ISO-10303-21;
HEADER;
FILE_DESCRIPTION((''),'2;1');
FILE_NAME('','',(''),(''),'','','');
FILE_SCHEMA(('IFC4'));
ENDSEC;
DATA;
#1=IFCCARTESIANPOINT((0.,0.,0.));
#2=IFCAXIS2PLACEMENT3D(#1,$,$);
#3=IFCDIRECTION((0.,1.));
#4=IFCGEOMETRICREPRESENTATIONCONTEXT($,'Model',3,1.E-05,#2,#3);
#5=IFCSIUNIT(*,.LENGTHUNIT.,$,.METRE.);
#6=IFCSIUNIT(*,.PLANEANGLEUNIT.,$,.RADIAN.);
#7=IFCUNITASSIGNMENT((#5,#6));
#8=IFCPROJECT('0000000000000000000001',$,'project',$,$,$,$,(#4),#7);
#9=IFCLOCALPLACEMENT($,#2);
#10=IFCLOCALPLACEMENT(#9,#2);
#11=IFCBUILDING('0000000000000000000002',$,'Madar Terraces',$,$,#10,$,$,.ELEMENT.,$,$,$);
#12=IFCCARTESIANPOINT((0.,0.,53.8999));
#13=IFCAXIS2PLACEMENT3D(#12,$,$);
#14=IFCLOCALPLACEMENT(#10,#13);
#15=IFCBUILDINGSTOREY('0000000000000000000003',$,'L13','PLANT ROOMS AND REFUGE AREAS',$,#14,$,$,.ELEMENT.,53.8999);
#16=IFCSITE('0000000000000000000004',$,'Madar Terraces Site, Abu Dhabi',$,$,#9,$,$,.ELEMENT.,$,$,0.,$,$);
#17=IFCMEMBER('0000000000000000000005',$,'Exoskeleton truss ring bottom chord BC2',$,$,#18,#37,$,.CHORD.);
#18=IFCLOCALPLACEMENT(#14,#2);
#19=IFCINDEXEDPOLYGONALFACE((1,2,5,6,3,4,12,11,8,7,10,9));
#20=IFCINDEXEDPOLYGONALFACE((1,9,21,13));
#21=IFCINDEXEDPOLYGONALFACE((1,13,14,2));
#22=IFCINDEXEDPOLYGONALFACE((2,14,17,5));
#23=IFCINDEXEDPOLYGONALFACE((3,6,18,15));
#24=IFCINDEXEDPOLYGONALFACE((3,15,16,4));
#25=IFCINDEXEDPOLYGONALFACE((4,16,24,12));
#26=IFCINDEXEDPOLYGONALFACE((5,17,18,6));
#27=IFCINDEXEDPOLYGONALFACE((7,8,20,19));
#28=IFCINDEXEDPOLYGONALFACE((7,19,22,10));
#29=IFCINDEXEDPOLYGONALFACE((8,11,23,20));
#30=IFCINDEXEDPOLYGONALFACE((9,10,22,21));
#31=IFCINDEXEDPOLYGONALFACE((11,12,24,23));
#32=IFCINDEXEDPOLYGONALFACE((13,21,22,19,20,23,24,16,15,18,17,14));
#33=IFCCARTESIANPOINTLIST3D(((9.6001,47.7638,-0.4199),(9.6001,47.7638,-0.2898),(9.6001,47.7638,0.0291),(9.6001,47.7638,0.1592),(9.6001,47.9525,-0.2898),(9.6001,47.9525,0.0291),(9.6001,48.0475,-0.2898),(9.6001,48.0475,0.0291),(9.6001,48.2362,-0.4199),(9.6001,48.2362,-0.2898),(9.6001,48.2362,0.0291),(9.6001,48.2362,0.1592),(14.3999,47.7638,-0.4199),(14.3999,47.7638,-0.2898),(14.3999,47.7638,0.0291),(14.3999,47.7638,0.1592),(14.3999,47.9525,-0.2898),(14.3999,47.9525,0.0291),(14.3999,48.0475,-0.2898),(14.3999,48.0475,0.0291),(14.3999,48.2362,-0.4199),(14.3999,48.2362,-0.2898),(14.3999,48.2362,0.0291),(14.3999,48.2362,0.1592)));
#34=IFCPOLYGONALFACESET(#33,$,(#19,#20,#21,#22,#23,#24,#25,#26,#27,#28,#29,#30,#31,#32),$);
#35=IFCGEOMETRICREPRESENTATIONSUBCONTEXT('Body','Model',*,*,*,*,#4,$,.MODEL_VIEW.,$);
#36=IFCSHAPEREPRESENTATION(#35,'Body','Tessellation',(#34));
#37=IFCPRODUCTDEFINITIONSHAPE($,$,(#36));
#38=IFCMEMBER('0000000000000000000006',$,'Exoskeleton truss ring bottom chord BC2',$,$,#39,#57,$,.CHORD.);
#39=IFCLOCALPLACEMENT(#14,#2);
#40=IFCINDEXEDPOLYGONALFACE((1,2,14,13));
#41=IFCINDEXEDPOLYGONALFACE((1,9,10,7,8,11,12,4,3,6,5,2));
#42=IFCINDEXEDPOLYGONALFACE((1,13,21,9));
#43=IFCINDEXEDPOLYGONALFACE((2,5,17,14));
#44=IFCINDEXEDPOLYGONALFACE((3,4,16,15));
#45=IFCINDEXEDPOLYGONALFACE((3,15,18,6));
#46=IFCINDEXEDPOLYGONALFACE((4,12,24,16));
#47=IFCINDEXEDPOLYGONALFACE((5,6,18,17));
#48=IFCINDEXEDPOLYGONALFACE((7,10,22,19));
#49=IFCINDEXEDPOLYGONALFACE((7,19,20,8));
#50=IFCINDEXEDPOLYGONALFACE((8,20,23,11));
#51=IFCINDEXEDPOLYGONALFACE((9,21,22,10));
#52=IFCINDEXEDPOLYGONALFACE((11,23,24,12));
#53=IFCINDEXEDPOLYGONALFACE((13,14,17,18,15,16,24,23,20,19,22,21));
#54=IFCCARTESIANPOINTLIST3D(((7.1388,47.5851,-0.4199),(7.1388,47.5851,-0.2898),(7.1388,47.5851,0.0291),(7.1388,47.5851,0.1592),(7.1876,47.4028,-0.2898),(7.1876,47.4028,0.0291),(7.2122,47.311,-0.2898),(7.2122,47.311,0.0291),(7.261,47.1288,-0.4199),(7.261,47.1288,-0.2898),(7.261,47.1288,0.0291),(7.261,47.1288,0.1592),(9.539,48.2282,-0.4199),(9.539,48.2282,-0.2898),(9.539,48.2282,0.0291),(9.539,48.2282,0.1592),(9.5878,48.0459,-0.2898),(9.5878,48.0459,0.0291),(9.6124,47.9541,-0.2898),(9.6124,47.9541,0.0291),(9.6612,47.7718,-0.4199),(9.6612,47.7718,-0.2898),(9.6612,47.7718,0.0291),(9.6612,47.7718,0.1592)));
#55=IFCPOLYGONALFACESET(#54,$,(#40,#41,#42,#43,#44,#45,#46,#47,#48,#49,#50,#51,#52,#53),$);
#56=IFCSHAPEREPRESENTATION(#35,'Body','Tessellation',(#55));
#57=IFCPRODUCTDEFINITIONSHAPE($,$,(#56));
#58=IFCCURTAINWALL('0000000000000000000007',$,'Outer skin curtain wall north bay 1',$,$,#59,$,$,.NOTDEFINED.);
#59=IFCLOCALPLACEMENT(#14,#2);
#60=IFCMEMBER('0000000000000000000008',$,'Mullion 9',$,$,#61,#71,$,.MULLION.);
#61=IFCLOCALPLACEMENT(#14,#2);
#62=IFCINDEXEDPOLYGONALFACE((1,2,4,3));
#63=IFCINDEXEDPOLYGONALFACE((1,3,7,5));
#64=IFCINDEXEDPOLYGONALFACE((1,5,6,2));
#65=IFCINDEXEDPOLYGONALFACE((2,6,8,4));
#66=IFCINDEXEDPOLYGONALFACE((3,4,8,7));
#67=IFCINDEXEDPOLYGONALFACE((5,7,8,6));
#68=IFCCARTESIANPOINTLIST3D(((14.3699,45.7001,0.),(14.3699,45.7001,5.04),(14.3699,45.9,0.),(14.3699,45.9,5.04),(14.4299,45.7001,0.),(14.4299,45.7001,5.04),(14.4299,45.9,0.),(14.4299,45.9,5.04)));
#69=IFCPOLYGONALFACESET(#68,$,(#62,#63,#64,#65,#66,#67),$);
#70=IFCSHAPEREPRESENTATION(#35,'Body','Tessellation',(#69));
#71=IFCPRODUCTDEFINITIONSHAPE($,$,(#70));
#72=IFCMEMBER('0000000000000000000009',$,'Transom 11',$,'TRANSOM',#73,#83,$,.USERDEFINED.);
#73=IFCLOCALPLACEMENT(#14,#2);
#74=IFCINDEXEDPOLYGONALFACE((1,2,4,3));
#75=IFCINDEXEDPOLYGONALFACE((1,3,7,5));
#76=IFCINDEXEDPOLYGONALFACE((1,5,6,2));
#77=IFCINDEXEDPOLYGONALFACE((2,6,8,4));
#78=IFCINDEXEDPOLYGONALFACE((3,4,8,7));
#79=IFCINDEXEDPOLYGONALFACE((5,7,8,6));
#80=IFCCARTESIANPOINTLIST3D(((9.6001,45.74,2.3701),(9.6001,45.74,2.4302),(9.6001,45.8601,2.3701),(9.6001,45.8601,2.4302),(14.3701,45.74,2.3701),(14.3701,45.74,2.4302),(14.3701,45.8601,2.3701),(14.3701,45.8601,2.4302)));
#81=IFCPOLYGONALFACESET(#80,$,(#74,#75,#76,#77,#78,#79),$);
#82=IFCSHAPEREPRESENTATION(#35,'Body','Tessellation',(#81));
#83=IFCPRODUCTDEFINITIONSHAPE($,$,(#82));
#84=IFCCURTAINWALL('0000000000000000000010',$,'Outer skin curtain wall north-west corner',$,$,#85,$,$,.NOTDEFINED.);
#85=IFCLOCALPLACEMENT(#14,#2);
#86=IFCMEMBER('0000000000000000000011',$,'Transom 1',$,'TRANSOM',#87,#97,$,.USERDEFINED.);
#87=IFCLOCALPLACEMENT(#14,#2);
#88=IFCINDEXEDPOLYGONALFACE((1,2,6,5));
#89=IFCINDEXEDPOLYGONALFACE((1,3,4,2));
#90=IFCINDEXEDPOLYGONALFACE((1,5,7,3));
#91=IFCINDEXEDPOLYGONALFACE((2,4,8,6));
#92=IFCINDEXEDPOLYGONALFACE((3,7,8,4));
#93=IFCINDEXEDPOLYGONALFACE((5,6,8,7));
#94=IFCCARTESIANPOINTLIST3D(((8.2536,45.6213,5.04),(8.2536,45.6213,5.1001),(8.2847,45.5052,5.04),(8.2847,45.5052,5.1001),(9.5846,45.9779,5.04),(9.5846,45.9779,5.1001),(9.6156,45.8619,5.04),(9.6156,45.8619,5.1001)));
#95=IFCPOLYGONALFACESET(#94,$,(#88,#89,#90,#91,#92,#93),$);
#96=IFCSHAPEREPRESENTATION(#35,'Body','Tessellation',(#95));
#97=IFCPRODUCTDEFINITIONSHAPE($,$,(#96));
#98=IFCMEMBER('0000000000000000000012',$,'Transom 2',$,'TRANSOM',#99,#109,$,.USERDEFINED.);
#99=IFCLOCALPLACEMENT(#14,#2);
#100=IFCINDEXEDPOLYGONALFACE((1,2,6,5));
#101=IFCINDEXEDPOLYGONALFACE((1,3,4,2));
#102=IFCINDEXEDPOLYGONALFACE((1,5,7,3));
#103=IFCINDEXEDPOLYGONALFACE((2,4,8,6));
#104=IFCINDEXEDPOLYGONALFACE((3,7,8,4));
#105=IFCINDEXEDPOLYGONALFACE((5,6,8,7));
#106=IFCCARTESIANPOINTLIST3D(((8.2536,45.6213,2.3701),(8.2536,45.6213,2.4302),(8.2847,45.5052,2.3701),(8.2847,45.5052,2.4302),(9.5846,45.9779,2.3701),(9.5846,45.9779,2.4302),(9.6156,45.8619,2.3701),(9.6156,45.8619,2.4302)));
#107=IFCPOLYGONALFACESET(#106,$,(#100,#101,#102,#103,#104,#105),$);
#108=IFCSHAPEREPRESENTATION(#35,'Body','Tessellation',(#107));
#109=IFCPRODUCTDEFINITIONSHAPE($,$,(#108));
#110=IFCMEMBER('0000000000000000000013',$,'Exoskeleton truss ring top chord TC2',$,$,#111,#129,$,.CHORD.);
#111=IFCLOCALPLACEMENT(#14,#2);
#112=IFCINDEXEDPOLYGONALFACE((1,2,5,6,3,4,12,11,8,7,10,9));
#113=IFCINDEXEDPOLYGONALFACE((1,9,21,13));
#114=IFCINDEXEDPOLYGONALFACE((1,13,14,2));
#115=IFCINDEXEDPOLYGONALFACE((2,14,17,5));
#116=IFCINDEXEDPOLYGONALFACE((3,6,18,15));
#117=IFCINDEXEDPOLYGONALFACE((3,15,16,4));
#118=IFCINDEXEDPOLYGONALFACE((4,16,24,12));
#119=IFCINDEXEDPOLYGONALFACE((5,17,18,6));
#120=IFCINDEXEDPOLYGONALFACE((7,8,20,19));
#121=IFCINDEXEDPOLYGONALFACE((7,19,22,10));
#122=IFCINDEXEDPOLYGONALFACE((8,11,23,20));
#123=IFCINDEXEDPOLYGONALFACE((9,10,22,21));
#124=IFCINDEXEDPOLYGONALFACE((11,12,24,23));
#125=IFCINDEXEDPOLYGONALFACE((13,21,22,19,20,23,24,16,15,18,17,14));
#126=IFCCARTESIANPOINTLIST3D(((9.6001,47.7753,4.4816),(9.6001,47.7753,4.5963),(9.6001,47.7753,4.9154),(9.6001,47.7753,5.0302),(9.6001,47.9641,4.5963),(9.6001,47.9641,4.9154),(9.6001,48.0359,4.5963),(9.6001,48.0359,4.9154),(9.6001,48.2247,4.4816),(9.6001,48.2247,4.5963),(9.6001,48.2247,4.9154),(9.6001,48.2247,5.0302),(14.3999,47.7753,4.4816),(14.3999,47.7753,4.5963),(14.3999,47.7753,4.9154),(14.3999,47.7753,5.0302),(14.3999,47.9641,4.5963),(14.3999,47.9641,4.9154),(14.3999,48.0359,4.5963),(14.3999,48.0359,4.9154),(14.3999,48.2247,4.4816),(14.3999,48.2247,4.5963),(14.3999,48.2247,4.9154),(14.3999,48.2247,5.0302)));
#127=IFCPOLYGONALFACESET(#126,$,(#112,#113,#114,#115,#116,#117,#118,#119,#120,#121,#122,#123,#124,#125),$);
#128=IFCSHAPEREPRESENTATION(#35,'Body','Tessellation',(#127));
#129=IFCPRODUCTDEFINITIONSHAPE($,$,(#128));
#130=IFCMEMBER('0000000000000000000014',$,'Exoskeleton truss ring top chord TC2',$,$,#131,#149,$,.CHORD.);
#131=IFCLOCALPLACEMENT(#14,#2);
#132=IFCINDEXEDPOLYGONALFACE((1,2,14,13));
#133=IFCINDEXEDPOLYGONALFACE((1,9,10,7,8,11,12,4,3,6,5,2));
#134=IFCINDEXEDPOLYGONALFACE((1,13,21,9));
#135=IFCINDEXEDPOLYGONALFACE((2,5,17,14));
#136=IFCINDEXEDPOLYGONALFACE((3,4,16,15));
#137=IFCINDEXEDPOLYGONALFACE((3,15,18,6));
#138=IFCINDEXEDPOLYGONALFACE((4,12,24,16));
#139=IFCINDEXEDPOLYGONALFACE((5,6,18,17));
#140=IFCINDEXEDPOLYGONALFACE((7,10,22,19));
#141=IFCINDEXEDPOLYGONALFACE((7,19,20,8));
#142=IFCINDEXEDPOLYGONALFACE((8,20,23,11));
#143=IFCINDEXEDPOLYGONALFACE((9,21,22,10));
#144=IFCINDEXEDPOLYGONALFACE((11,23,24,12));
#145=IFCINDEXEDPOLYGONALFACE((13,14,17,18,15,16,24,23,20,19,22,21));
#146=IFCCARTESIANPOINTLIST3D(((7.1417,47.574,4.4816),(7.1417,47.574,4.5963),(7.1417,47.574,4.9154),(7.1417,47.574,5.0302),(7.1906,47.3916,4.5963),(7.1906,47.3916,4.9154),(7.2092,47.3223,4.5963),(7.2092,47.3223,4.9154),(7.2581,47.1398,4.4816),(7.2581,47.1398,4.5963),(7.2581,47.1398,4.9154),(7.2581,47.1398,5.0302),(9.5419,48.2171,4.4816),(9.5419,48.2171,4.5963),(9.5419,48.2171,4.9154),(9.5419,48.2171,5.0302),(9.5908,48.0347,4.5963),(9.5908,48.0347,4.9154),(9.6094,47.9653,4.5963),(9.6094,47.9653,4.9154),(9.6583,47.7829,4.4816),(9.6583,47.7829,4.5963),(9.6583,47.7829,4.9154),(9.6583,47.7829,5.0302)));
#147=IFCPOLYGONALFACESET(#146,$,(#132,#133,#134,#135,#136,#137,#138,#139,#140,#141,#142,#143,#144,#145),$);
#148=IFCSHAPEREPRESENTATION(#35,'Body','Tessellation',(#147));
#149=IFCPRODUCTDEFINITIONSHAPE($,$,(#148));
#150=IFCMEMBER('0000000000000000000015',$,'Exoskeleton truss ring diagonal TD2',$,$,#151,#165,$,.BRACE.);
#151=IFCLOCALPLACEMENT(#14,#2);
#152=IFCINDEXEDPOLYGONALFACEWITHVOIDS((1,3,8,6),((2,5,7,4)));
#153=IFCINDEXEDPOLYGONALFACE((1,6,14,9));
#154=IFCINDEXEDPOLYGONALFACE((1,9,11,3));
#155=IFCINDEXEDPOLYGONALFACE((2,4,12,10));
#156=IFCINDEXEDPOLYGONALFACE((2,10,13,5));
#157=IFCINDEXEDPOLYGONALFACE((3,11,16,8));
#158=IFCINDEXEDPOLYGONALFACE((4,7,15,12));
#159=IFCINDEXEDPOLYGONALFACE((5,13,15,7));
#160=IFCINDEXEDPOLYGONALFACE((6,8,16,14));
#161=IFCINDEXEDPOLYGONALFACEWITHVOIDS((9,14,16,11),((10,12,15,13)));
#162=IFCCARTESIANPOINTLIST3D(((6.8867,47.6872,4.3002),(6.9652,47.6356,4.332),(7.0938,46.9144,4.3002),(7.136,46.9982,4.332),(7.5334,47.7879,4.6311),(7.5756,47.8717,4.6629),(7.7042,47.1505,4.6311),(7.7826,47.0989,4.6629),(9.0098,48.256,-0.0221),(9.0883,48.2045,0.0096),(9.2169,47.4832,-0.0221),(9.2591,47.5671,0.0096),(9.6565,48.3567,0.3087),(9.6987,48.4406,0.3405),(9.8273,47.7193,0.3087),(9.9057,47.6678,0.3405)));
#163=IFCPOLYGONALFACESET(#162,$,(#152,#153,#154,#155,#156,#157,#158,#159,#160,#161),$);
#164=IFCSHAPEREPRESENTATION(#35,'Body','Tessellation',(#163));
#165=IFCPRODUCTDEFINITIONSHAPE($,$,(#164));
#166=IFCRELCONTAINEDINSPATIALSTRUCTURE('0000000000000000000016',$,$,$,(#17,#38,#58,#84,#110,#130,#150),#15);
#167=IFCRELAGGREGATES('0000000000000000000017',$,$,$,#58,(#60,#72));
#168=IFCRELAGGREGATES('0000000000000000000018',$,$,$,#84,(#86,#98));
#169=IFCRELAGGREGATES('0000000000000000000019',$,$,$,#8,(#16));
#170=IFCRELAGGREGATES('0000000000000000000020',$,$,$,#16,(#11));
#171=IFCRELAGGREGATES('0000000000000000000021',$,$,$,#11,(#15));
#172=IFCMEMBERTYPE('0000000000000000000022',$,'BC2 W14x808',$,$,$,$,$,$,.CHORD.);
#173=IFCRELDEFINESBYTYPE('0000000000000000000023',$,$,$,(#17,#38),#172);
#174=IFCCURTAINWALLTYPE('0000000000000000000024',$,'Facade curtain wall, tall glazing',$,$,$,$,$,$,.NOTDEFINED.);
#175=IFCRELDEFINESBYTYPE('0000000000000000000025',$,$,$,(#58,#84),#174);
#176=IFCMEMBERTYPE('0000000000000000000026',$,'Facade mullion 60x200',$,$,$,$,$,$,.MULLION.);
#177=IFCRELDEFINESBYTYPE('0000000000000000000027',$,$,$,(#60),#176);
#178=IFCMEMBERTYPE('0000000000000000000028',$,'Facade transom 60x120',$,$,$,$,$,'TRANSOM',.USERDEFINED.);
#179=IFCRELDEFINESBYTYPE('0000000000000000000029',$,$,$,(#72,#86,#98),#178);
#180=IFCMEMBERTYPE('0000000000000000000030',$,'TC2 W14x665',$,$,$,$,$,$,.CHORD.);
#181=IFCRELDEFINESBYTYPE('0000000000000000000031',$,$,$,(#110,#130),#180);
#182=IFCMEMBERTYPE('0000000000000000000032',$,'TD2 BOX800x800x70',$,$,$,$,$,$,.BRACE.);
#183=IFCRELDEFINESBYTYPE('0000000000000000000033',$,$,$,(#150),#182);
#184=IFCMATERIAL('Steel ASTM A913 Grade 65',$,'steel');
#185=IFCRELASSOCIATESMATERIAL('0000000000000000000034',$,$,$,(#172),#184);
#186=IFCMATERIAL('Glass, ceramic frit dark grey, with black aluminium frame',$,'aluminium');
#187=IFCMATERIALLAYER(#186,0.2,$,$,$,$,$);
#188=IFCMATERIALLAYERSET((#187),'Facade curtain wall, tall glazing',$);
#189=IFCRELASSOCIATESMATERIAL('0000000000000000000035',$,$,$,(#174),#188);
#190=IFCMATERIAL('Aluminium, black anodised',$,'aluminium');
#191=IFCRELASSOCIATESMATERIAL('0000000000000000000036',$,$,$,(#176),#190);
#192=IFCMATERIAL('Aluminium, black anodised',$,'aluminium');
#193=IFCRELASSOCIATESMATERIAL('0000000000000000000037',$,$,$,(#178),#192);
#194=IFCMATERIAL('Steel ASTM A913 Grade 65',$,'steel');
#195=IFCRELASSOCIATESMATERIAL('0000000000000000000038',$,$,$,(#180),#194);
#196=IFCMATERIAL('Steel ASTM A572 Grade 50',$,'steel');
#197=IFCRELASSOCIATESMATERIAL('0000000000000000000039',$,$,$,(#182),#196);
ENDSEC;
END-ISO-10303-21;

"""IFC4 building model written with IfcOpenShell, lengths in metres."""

from ifc_helpers import new_model, si_unit, direction, frame, origin, origin_2d, place, context, subcontext, project, spatial, rectangle, hollow_rectangle, i_section, extrude, material, layer, layer_set, material_profile, profile_set, type_object, element, aggregate, save


model = new_model("IFC4")

# Units and contexts
model_context = context("Model", 3, precision=1e-05, world=origin(), true_north=direction((0.0, 1.0)))
body_context = subcontext(model_context, "Body", "Model", "MODEL_VIEW")
ifc_project = project(units=[si_unit("LENGTHUNIT", "METRE"), si_unit("PLANEANGLEUNIT", "RADIAN")], contexts=[model_context])

# Site, building, storey
site_placement = place(None, origin())
site = spatial("IfcSite", under=ifc_project, at=site_placement, Name="Madar Terraces Site, Abu Dhabi", CompositionType="ELEMENT", RefElevation=0.0)
building_placement = place(site_placement, origin())
building = spatial("IfcBuilding", under=site, at=building_placement, Name="Madar Terraces", CompositionType="ELEMENT")
storey_placement = place(building_placement, frame((0.0, 0.0, 53.8999)))
storey = spatial("IfcBuildingStorey", under=building, at=storey_placement, Name="L13", Description="PLANT ROOMS AND REFUGE AREAS", CompositionType="ELEMENT", Elevation=53.8999)

# Members
ifc_material_1 = material(Name="Steel ASTM A913 Grade 65", Category="steel")
ifc_material_profile_1 = material_profile(ifc_material_1, i_section(OverallWidth=0.4724, OverallDepth=0.5791, WebThickness=0.095, FlangeThickness=0.1301, at=origin_2d()), Name="W14x808")
ifc_profile_set_1 = profile_set([ifc_material_profile_1], Name="Steel ASTM A913 Grade 65")
member_type_1 = type_object("IfcMemberType", Name="BC2 W14x808", PredefinedType="CHORD", material=ifc_profile_set_1)
member_1_placement = place(storey_placement, frame((14.3999, 48.0, -0.1304), z_axis=(-1.0, 0.0, 0.0), x_axis=(0.0, -1.0, 0.0)))
element("IfcMember", 1, at=member_1_placement, inside=storey, type_object=member_type_1, Name="Exoskeleton truss ring bottom chord BC2", PredefinedType="CHORD", context=body_context, shape_type="SweptSolid", body=[
    extrude(i_section(OverallWidth=0.4724, OverallDepth=0.5791, WebThickness=0.095, FlangeThickness=0.1301, at=origin_2d()), origin(), (0.0, 0.0, 1.0), 4.7998),
])
member_2_placement = place(storey_placement, frame((9.6001, 48.0, -0.1304), z_axis=(-0.965931, -0.2588, 0.0), x_axis=(0.2588, -0.965931, 0.0)))
element("IfcMember", 2, at=member_2_placement, inside=storey, type_object=member_type_1, Name="Exoskeleton truss ring bottom chord BC2", PredefinedType="CHORD", context=body_context, shape_type="SweptSolid", body=[
    extrude(i_section(OverallWidth=0.4724, OverallDepth=0.5791, WebThickness=0.095, FlangeThickness=0.1301, at=origin_2d()), origin(), (0.0, 0.0, 1.0), 2.4849),
])

# Curtain walls, members
ifc_material_2 = material(Name="Glass, ceramic frit dark grey, with black aluminium frame", Category="aluminium")
ifc_layer_1 = layer(ifc_material_2, 0.2)
ifc_layer_set_1 = layer_set([ifc_layer_1], Name="Facade curtain wall, tall glazing")
curtain_wall_type = type_object("IfcCurtainWallType", Name="Facade curtain wall, tall glazing", PredefinedType="NOTDEFINED", material=ifc_layer_set_1)
curtain_wall_1_placement = place(storey_placement, origin())
curtain_wall_1 = element("IfcCurtainWall", 3, at=curtain_wall_1_placement, inside=storey, type_object=curtain_wall_type, Name="Outer skin curtain wall north bay 1", PredefinedType="NOTDEFINED")
ifc_material_3 = material(Name="Aluminium, black anodised", Category="aluminium")
ifc_material_profile_2 = material_profile(ifc_material_3, rectangle(XDim=0.2, YDim=0.0601, at=origin_2d()), Name="Facade mullion 60x200")
ifc_profile_set_2 = profile_set([ifc_material_profile_2], Name="Aluminium, black anodised")
member_type_2 = type_object("IfcMemberType", Name="Facade mullion 60x200", PredefinedType="MULLION", material=ifc_profile_set_2)
member_3_placement = place(storey_placement, frame((14.3999, 45.8, 0.0), z_axis=(0.0, 0.0, 1.0), x_axis=(0.0, -1.0, 0.0)))
member_3 = element("IfcMember", 4, at=member_3_placement, type_object=member_type_2, Name="Mullion 9", PredefinedType="MULLION", context=body_context, shape_type="SweptSolid", body=[
    extrude(rectangle(XDim=0.2, YDim=0.0601, at=origin_2d()), origin(), (0.0, 0.0, 1.0), 5.04),
])
ifc_material_4 = material(Name="Aluminium, black anodised", Category="aluminium")
ifc_material_profile_3 = material_profile(ifc_material_4, rectangle(XDim=0.1201, YDim=0.0601, at=origin_2d()), Name="Facade transom 60x120")
ifc_profile_set_3 = profile_set([ifc_material_profile_3], Name="Aluminium, black anodised")
member_type_3 = type_object("IfcMemberType", Name="Facade transom 60x120", ElementType="TRANSOM", PredefinedType="USERDEFINED", material=ifc_profile_set_3)
member_4_placement = place(storey_placement, frame((14.3701, 45.8, 2.4001), z_axis=(-1.0, 0.0, 0.0), x_axis=(0.0, -1.0, 0.0)))
member_4 = element("IfcMember", 5, at=member_4_placement, type_object=member_type_3, Name="Transom 11", ObjectType="TRANSOM", PredefinedType="USERDEFINED", context=body_context, shape_type="SweptSolid", body=[
    extrude(rectangle(XDim=0.1201, YDim=0.0601, at=origin_2d()), origin(), (0.0, 0.0, 1.0), 4.77),
])
curtain_wall_2_placement = place(storey_placement, origin())
curtain_wall_2 = element("IfcCurtainWall", 6, at=curtain_wall_2_placement, inside=storey, type_object=curtain_wall_type, Name="Outer skin curtain wall north-west corner", PredefinedType="NOTDEFINED")
member_5_placement = place(storey_placement, frame((9.6001, 45.9199, 5.0701), z_axis=(-0.96592, -0.258842, 0.0), x_axis=(0.258842, -0.96592, 0.0)))
member_5 = element("IfcMember", 7, at=member_5_placement, type_object=member_type_3, Name="Transom 1", ObjectType="TRANSOM", PredefinedType="USERDEFINED", context=body_context, shape_type="SweptSolid", body=[
    extrude(rectangle(XDim=0.1201, YDim=0.0601, at=origin_2d()), origin(), (0.0, 0.0, 1.0), 1.3779),
])
member_6_placement = place(storey_placement, frame((9.6001, 45.9199, 2.4001), z_axis=(-0.96592, -0.258842, 0.0), x_axis=(0.258842, -0.96592, 0.0)))
member_6 = element("IfcMember", 8, at=member_6_placement, type_object=member_type_3, Name="Transom 2", ObjectType="TRANSOM", PredefinedType="USERDEFINED", context=body_context, shape_type="SweptSolid", body=[
    extrude(rectangle(XDim=0.1201, YDim=0.0601, at=origin_2d()), origin(), (0.0, 0.0, 1.0), 1.3779),
])

# Members
ifc_material_5 = material(Name="Steel ASTM A913 Grade 65", Category="steel")
ifc_material_profile_4 = material_profile(ifc_material_5, i_section(OverallWidth=0.4495, OverallDepth=0.5486, WebThickness=0.0718, FlangeThickness=0.1147, at=origin_2d()), Name="W14x665")
ifc_profile_set_4 = profile_set([ifc_material_profile_4], Name="Steel ASTM A913 Grade 65")
member_type_4 = type_object("IfcMemberType", Name="TC2 W14x665", PredefinedType="CHORD", material=ifc_profile_set_4)
member_7_placement = place(storey_placement, frame((14.3999, 48.0, 4.7559), z_axis=(-1.0, 0.0, 0.0), x_axis=(0.0, -1.0, 0.0)))
element("IfcMember", 9, at=member_7_placement, inside=storey, type_object=member_type_4, Name="Exoskeleton truss ring top chord TC2", PredefinedType="CHORD", context=body_context, shape_type="SweptSolid", body=[
    extrude(i_section(OverallWidth=0.4495, OverallDepth=0.5486, WebThickness=0.0718, FlangeThickness=0.1147, at=origin_2d()), origin(), (0.0, 0.0, 1.0), 4.7998),
])
member_8_placement = place(storey_placement, frame((9.6001, 48.0, 4.7559), z_axis=(-0.965931, -0.2588, 0.0), x_axis=(0.2588, -0.965931, 0.0)))
element("IfcMember", 10, at=member_8_placement, inside=storey, type_object=member_type_4, Name="Exoskeleton truss ring top chord TC2", PredefinedType="CHORD", context=body_context, shape_type="SweptSolid", body=[
    extrude(i_section(OverallWidth=0.4495, OverallDepth=0.5486, WebThickness=0.0718, FlangeThickness=0.1147, at=origin_2d()), origin(), (0.0, 0.0, 1.0), 2.4849),
])
ifc_material_6 = material(Name="Steel ASTM A572 Grade 50", Category="steel")
ifc_material_profile_5 = material_profile(ifc_material_6, hollow_rectangle(XDim=0.8, YDim=0.8, WallThickness=0.0701, at=origin_2d()), Name="BOX800x800x70")
ifc_profile_set_5 = profile_set([ifc_material_profile_5], Name="Steel ASTM A572 Grade 50")
member_type_5 = type_object("IfcMemberType", Name="TD2 BOX800x800x70", PredefinedType="BRACE", material=ifc_profile_set_5)
member_9_placement = place(storey_placement, frame((9.4578, 47.9619, 0.1592), z_axis=(-0.437831, -0.117312, 0.891371), x_axis=(0.25881, -0.965928, 0.0)))
element("IfcMember", 11, at=member_9_placement, inside=storey, type_object=member_type_5, Name="Exoskeleton truss ring diagonal TD2", PredefinedType="BRACE", context=body_context, shape_type="SweptSolid", body=[
    extrude(hollow_rectangle(XDim=0.8, YDim=0.8, WallThickness=0.0701, at=origin_2d()), origin(), (0.0, 0.0, 1.0), 4.8491),
])

aggregate(curtain_wall_1, [member_3, member_4])
aggregate(curtain_wall_2, [member_5, member_6])

save(model, "model.ifc")
